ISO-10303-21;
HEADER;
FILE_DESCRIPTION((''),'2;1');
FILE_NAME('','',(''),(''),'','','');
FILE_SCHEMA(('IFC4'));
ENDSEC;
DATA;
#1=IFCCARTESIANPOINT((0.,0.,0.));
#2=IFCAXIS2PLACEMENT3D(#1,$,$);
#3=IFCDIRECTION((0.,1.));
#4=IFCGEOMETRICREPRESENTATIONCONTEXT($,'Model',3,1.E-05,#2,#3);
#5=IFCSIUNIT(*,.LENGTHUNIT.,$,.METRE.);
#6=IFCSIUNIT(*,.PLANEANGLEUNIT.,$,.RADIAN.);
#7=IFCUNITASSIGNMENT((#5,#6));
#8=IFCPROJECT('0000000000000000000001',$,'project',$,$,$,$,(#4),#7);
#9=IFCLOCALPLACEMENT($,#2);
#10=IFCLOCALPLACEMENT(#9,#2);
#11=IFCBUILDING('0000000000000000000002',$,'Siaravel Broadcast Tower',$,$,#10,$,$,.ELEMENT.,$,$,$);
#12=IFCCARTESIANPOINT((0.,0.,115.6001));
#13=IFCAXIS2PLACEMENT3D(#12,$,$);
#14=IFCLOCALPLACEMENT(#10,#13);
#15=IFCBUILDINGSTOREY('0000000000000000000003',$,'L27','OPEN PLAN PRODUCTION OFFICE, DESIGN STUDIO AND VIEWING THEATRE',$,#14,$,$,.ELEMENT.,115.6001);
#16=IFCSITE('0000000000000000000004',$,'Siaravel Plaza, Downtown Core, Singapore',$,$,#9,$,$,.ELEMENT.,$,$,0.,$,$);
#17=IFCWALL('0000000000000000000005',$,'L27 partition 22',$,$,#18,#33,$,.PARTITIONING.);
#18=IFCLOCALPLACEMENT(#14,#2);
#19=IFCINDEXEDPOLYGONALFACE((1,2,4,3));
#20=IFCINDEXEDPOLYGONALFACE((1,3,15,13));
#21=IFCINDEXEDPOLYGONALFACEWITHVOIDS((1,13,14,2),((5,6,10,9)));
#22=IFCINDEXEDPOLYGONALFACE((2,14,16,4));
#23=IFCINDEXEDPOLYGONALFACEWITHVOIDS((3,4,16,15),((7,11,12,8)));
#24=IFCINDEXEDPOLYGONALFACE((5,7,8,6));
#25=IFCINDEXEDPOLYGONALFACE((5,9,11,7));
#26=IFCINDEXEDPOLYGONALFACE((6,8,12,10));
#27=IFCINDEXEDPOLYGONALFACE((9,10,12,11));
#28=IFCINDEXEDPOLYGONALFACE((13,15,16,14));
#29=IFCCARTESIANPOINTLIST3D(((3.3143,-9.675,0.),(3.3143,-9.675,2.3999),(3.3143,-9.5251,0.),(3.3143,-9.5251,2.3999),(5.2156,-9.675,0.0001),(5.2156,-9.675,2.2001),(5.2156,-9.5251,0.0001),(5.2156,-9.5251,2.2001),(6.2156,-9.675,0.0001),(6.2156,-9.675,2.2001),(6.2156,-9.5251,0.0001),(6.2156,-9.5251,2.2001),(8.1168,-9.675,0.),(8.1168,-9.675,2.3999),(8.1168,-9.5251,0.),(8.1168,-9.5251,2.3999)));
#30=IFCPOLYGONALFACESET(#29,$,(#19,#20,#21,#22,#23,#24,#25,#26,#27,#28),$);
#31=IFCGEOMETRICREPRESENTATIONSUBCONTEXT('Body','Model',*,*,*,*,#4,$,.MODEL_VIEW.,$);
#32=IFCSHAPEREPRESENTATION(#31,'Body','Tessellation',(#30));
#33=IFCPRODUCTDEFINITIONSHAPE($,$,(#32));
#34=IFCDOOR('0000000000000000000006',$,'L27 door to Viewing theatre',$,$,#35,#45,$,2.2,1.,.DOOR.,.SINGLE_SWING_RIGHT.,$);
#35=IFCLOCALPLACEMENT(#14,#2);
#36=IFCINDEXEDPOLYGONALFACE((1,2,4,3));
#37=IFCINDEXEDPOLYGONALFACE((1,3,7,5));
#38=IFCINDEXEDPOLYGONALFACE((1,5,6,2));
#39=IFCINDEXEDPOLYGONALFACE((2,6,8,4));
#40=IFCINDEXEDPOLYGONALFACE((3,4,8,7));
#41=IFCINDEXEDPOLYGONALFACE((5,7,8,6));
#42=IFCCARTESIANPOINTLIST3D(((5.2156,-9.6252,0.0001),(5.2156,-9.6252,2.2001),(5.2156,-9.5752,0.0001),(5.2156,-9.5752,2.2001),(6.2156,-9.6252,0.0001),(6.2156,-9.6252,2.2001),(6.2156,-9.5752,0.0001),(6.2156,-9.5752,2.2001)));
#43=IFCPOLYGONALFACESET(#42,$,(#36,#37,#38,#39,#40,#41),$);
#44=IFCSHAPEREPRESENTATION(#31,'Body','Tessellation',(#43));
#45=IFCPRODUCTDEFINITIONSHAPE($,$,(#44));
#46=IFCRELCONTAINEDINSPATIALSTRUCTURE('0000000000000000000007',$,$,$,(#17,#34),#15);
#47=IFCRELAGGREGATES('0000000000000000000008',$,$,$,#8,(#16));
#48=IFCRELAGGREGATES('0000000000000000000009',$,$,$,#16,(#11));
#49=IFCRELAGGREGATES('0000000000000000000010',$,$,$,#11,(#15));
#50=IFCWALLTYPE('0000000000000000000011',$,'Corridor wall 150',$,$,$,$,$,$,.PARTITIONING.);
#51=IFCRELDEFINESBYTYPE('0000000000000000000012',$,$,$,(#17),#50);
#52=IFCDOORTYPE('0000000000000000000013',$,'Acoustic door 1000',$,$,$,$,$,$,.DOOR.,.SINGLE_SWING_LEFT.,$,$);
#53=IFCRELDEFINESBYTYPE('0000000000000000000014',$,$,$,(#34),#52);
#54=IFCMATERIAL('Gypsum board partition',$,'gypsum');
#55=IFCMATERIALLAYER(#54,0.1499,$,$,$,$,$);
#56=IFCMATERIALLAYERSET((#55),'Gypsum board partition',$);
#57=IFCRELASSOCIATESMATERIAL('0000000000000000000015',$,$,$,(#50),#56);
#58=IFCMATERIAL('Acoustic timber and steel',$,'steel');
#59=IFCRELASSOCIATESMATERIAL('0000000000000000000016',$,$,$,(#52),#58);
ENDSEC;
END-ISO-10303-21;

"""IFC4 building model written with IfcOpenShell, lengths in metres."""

from ifc_helpers import new_model, si_unit, direction, frame, frame_2d, origin, place, context, subcontext, project, spatial, rectangle, extrude, material, layer, layer_set, type_object, element, fill, save


model = new_model("IFC4")

# Units and contexts
model_context = context("Model", 3, precision=1e-05, world=origin(), true_north=direction((0.0, 1.0)))
body_context = subcontext(model_context, "Body", "Model", "MODEL_VIEW")
ifc_project = project(units=[si_unit("LENGTHUNIT", "METRE"), si_unit("PLANEANGLEUNIT", "RADIAN")], contexts=[model_context])

# Site, building, storey
site_placement = place(None, origin())
site = spatial("IfcSite", under=ifc_project, at=site_placement, Name="Siaravel Plaza, Downtown Core, Singapore", CompositionType="ELEMENT", RefElevation=0.0)
building_placement = place(site_placement, origin())
building = spatial("IfcBuilding", under=site, at=building_placement, Name="Siaravel Broadcast Tower", CompositionType="ELEMENT")
storey_placement = place(building_placement, frame((0.0, 0.0, 115.6001)))
storey = spatial("IfcBuildingStorey", under=building, at=storey_placement, Name="L27", Description="OPEN PLAN PRODUCTION OFFICE, DESIGN STUDIO AND VIEWING THEATRE", CompositionType="ELEMENT", Elevation=115.6001)

# Wall, opening, door
ifc_material_1 = material(Name="Gypsum board partition", Category="gypsum")
ifc_layer_1 = layer(ifc_material_1, 0.1499)
ifc_layer_set_1 = layer_set([ifc_layer_1], Name="Gypsum board partition")
wall_type_1 = type_object("IfcWallType", Name="Corridor wall 150", PredefinedType="PARTITIONING", material=ifc_layer_set_1)
wall_1_placement = place(storey_placement, frame((3.3142, -9.6001, 0.0), z_axis=(0.0, 0.0, 1.0), x_axis=(1.0, 0.0, 0.0)))
wall_1 = element("IfcWall", 1, at=wall_1_placement, inside=storey, type_object=wall_type_1, Name="L27 partition 22", PredefinedType="PARTITIONING", context=body_context, shape_type="SweptSolid", body=[
    extrude(rectangle(XDim=4.8025, YDim=0.1499, at=frame_2d((2.4014, 0.0))), origin(), (0.0, 0.0, 1.0), 2.3999),
])
opening_1_placement = place(wall_1_placement, frame((1.9014, 0.0, 0.0)))
opening_1 = element("IfcOpeningElement", 2, at=opening_1_placement, cuts=wall_1, PredefinedType="OPENING", context=body_context, shape_type="SweptSolid", body=[
    extrude(rectangle(XDim=1.0, YDim=2.2, at=frame_2d((0.5, 1.1001))), frame((0.0, 0.085, 0.0), z_axis=(0.0, -1.0, 0.0), x_axis=(1.0, 0.0, 0.0)), (0.0, 0.0, 1.0), 0.1699),
])
ifc_material_2 = material(Name="Acoustic timber and steel", Category="steel")
door_type_1 = type_object("IfcDoorType", Name="Acoustic door 1000", OperationType="SINGLE_SWING_LEFT", PredefinedType="DOOR", material=ifc_material_2)
door_1_placement = place(opening_1_placement, origin())
door_1 = element("IfcDoor", 3, at=door_1_placement, inside=storey, type_object=door_type_1, Name="L27 door to Viewing theatre", OperationType="SINGLE_SWING_RIGHT", OverallHeight=2.2, OverallWidth=1.0, PredefinedType="DOOR", context=body_context, shape_type="SweptSolid", body=[
    extrude(rectangle(XDim=1.0, YDim=2.2, at=frame_2d((0.5, 1.1001))), frame((0.0, 0.0249, 0.0), z_axis=(0.0, -1.0, 0.0), x_axis=(1.0, 0.0, 0.0)), (0.0, 0.0, 1.0), 0.05),
])
fill(opening_1, door_1)

save(model, "model.ifc")
